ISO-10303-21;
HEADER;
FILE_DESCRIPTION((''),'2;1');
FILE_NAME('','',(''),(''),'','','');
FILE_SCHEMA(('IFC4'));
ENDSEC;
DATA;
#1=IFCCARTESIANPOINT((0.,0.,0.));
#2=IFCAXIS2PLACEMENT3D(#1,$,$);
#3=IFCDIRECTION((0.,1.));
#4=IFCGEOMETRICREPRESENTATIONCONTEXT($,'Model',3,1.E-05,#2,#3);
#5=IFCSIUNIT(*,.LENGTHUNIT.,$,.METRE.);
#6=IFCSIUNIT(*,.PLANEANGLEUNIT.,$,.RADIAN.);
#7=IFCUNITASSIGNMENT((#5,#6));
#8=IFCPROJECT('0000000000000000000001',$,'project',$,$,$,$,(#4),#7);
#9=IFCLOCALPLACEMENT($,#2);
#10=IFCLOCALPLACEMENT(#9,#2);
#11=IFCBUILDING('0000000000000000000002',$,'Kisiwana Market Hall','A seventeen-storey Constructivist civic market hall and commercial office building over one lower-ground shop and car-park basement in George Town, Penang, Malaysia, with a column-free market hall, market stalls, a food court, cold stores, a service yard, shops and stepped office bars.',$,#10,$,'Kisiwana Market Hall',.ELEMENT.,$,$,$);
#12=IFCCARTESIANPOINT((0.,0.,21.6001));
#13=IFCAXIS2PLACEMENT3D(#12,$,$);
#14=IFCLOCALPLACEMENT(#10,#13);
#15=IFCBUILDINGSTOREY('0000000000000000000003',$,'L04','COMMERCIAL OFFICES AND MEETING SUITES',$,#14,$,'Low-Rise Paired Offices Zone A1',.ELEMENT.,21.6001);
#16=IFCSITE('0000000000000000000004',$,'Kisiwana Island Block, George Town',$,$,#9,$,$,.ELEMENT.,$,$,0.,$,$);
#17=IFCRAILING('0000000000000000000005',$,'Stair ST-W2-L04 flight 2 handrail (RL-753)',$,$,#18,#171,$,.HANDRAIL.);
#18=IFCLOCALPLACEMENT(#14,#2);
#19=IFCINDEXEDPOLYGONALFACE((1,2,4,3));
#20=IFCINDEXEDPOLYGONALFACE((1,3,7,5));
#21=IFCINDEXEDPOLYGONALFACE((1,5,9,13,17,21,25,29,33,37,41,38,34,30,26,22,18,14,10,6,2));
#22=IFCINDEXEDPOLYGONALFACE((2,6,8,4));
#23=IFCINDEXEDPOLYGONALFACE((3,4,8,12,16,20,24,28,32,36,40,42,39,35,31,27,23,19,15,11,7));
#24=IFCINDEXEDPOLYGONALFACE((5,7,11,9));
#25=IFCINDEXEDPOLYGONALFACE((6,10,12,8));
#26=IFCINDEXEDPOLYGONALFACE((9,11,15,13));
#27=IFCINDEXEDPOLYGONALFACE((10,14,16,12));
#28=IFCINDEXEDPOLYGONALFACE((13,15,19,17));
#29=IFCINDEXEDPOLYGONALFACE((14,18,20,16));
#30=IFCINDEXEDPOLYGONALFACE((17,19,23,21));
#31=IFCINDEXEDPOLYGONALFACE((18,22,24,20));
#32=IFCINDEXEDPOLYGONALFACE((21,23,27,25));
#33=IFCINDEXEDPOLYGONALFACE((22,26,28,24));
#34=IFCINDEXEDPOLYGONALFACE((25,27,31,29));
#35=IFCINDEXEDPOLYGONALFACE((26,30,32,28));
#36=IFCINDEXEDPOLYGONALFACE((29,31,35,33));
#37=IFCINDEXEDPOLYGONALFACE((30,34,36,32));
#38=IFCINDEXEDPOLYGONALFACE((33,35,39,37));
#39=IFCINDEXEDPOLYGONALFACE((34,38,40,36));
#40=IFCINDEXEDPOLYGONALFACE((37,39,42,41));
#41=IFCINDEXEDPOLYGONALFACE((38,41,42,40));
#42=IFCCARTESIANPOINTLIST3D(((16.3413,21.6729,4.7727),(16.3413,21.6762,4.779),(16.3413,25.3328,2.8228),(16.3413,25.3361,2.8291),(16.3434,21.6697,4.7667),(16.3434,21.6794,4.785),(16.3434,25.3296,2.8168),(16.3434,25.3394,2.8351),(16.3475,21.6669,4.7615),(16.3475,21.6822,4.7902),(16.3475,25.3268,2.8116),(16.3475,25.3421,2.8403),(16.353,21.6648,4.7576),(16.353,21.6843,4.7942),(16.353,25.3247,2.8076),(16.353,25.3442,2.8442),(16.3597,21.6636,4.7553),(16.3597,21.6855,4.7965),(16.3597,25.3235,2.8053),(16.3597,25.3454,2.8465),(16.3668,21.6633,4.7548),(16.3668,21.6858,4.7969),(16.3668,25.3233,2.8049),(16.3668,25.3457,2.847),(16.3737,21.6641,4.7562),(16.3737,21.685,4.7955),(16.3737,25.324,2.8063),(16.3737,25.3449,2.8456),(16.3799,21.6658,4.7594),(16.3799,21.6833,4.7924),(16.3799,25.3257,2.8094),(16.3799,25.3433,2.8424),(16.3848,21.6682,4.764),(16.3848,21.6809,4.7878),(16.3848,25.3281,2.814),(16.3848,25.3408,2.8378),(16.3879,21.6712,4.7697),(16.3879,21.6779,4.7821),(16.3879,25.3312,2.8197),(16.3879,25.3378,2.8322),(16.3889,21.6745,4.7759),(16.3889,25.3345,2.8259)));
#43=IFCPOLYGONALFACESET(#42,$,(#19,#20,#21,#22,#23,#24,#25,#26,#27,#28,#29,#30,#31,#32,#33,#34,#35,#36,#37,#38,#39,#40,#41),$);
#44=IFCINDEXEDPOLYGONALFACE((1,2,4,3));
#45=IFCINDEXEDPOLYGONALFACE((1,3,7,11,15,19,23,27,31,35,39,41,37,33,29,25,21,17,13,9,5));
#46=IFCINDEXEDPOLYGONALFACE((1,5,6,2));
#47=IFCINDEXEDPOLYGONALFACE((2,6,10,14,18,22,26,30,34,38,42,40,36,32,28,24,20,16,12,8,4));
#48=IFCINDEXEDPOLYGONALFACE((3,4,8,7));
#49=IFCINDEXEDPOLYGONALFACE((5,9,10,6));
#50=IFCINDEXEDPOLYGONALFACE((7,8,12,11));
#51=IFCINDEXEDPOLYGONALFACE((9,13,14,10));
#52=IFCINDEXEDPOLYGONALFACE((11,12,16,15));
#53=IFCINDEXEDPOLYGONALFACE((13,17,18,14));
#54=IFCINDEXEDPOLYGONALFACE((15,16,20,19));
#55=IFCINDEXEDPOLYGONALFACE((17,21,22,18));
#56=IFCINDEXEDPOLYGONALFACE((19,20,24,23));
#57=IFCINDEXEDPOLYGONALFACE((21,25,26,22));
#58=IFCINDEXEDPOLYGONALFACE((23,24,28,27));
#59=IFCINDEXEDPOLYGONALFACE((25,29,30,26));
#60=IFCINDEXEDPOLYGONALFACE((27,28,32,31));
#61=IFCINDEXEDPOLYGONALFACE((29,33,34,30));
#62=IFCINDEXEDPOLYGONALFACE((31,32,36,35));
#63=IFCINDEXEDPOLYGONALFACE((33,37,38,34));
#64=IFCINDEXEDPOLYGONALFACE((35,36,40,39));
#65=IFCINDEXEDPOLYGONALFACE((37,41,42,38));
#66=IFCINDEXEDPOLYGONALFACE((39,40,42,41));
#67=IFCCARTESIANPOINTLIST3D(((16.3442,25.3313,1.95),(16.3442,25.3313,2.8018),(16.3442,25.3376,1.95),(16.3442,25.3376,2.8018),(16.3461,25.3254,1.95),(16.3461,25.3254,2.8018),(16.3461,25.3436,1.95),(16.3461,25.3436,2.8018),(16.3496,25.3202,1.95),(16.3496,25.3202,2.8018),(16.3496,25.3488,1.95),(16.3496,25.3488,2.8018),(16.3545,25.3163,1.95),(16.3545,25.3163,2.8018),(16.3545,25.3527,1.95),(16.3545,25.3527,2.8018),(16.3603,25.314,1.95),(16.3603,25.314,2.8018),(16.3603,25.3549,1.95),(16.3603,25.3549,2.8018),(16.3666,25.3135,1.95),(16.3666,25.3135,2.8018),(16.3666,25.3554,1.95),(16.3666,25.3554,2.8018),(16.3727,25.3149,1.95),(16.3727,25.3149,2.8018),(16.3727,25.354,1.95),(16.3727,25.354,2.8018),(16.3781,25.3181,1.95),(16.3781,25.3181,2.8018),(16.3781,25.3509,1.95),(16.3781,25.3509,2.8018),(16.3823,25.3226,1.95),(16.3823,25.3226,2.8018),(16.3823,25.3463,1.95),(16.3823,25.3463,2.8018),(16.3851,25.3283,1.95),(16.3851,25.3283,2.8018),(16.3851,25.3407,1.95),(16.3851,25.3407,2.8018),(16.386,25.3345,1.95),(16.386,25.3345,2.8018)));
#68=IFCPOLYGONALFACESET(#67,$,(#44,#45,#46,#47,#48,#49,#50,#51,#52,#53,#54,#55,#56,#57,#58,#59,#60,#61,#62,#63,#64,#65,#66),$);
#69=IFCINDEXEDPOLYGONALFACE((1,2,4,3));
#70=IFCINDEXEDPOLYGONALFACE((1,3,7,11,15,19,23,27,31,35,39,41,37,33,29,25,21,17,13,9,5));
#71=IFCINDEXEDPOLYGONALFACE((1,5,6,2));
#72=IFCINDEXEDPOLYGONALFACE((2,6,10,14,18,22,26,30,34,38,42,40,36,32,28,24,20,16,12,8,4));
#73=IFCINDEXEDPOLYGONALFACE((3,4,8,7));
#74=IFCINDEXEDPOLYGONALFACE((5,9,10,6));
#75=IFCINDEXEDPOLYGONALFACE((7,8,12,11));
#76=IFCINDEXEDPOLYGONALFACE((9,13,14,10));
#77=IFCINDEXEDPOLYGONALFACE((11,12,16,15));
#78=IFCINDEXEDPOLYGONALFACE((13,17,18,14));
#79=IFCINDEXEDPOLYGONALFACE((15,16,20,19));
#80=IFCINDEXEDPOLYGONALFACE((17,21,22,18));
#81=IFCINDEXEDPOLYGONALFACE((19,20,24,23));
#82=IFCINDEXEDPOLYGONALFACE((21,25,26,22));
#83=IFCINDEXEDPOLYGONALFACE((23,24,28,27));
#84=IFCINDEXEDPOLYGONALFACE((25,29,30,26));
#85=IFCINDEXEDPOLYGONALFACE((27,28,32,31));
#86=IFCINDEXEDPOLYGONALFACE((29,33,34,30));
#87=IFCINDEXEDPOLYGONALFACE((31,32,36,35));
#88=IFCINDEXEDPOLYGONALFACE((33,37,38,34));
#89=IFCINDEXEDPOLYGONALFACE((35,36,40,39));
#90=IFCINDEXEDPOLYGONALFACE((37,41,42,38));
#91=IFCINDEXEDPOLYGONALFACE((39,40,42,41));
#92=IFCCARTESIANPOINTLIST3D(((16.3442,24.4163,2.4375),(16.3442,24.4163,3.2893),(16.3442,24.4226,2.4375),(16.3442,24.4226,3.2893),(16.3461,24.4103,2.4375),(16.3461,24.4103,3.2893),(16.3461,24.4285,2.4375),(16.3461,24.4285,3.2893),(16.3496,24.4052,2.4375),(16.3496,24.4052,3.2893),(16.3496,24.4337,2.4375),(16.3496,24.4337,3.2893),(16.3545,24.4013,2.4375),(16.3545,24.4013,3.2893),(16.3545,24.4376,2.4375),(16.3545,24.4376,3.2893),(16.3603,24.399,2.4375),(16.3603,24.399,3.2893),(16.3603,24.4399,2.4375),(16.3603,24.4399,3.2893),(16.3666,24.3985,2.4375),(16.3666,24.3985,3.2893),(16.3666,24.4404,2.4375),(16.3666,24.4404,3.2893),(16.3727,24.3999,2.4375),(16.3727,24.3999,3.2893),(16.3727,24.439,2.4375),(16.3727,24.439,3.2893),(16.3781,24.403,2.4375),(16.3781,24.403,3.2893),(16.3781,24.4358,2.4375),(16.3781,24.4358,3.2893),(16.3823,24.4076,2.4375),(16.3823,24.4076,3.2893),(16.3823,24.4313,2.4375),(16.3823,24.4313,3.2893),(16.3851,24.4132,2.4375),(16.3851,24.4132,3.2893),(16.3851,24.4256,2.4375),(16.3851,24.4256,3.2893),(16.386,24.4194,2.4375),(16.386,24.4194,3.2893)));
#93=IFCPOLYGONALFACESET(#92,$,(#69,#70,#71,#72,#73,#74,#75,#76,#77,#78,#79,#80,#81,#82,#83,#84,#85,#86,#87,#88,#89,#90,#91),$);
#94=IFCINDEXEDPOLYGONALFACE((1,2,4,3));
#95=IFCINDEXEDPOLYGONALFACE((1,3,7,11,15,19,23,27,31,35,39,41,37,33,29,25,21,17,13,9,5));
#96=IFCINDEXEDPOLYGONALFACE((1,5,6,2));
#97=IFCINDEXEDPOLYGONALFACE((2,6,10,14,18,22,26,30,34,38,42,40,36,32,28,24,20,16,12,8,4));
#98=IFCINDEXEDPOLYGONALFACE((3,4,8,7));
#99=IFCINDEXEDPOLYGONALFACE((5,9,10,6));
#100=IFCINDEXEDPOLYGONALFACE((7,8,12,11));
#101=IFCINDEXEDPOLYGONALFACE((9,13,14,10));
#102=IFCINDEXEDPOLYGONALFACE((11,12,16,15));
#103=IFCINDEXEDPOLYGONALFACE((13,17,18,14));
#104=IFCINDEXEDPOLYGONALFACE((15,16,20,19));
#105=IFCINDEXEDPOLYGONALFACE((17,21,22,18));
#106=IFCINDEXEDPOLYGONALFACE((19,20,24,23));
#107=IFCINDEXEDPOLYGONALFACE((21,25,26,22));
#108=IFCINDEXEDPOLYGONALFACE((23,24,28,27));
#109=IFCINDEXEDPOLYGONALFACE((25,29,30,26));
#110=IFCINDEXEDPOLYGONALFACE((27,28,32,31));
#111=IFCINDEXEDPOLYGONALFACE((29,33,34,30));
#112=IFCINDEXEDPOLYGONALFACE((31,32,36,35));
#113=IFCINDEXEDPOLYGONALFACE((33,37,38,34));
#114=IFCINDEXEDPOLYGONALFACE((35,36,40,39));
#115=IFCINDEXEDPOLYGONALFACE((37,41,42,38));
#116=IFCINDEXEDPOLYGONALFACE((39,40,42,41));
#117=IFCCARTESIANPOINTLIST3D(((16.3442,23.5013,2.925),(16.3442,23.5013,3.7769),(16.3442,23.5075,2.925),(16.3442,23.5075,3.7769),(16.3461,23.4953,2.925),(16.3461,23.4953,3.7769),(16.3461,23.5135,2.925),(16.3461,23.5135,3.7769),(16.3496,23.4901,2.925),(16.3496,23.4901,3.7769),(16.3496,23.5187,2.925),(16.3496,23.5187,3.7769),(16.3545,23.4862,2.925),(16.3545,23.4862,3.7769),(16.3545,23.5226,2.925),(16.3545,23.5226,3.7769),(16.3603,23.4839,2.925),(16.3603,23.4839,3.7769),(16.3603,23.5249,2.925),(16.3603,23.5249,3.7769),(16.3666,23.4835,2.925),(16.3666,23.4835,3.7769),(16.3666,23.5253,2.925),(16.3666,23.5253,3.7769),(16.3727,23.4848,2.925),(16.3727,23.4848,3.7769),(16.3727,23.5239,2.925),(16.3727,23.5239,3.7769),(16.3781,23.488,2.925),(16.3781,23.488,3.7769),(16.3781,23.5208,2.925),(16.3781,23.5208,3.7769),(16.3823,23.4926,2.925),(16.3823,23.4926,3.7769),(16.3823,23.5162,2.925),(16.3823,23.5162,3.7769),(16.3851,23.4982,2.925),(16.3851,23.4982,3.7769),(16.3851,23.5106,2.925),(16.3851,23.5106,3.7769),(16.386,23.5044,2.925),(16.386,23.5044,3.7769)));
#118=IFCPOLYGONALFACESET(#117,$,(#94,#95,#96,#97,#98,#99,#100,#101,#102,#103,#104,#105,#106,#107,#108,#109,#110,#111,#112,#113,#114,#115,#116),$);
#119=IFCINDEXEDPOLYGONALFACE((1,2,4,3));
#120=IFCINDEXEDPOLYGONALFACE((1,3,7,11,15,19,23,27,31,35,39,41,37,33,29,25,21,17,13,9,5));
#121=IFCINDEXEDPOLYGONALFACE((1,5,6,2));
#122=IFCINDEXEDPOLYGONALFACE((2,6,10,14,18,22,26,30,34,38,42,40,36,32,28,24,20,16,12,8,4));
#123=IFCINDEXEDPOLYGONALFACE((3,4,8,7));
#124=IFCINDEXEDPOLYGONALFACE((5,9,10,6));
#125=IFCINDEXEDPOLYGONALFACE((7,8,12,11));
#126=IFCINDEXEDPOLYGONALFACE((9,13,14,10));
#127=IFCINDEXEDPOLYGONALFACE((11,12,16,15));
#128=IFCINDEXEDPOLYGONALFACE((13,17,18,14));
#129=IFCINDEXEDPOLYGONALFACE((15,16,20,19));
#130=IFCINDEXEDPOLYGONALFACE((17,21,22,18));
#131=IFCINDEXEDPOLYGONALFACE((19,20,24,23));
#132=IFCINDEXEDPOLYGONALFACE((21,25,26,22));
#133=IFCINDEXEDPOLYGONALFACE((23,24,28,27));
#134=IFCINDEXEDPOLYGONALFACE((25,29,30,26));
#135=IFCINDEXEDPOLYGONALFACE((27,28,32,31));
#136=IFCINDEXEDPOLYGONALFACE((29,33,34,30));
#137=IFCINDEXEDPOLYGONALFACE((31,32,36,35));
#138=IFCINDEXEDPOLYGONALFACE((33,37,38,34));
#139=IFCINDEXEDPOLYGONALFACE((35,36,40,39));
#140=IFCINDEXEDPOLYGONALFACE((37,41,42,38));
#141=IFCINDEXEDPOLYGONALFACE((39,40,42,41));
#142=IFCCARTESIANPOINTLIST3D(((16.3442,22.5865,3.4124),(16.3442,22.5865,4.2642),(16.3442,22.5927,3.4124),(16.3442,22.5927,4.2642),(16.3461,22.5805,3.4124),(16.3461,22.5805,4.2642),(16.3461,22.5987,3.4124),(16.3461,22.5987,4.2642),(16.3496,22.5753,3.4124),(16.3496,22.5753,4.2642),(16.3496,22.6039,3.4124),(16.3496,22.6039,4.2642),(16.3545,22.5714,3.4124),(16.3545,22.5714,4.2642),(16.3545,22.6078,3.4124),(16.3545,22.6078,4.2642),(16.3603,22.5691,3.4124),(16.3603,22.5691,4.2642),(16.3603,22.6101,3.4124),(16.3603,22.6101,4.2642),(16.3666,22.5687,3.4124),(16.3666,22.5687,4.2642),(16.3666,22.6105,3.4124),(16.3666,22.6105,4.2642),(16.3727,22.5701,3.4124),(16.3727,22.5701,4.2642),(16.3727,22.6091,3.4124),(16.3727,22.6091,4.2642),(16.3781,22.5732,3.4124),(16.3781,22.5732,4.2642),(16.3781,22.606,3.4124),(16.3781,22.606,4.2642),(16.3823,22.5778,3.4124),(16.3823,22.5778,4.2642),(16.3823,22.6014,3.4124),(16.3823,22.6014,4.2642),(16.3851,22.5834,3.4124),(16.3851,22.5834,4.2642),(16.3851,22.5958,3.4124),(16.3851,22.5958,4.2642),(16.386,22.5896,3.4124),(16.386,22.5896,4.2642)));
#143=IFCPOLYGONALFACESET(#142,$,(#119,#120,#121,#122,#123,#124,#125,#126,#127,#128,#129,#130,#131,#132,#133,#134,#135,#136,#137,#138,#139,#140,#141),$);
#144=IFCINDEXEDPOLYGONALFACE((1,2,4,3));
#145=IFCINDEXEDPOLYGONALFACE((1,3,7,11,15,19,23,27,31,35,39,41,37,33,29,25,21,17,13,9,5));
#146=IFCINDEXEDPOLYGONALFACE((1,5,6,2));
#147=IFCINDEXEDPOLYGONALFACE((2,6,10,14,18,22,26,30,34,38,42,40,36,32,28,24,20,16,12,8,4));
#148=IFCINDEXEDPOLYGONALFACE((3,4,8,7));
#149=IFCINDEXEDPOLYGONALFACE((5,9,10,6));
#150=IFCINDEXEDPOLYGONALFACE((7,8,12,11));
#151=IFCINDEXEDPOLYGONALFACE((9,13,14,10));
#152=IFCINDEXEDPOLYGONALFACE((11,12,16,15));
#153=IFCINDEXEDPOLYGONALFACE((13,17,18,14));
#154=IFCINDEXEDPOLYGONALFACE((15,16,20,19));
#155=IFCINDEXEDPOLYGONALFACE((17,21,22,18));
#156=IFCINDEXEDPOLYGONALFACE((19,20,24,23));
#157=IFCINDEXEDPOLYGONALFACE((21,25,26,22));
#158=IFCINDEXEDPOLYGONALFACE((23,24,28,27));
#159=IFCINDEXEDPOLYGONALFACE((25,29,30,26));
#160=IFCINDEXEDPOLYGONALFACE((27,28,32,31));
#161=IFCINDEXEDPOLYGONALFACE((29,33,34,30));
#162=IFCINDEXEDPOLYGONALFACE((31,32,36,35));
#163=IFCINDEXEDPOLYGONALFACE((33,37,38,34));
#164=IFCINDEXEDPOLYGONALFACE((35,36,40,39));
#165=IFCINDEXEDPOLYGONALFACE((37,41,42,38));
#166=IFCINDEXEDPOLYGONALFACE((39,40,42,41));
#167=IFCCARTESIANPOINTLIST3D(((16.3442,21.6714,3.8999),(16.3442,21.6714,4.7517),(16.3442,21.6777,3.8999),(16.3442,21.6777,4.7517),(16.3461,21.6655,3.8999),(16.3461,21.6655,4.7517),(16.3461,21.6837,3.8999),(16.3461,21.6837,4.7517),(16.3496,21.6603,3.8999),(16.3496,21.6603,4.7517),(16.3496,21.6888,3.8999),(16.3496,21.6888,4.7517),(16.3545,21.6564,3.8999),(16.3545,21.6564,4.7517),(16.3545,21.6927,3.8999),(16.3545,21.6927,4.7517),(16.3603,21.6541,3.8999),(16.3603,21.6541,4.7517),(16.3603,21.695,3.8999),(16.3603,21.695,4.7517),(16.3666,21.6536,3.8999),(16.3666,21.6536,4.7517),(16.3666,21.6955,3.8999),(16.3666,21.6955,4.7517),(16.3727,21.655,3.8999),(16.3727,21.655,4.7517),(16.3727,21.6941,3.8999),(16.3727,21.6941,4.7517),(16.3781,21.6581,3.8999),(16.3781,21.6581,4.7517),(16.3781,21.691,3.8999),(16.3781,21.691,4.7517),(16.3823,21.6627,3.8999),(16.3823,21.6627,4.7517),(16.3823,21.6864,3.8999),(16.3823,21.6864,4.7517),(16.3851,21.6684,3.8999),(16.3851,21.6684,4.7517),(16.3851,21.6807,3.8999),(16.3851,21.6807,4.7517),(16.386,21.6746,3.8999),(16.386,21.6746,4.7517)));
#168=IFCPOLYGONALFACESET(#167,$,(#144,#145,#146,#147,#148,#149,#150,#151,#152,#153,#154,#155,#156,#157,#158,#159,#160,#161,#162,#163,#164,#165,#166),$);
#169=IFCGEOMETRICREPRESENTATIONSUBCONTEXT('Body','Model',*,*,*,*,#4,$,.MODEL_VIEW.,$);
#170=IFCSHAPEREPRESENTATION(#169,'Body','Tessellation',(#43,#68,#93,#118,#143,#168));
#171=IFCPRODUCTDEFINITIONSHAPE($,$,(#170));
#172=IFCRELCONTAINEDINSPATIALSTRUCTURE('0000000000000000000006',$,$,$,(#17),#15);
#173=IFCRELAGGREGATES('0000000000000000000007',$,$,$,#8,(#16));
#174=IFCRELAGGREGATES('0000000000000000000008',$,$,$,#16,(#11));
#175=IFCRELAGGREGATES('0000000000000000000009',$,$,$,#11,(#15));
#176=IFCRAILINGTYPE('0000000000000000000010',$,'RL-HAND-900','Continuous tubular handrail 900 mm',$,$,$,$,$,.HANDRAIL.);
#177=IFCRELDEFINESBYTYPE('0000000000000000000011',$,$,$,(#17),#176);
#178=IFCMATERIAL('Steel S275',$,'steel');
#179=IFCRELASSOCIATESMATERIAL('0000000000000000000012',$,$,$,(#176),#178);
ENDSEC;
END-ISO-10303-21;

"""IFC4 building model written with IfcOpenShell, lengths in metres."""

from ifc_helpers import new_model, si_unit, direction, frame, origin, origin_2d, place, context, subcontext, project, spatial, circle, extrude, material, type_object, element, save


model = new_model("IFC4")

# Units and contexts
model_context = context("Model", 3, precision=1e-05, world=origin(), true_north=direction((0.0, 1.0)))
body_context = subcontext(model_context, "Body", "Model", "MODEL_VIEW")
ifc_project = project(units=[si_unit("LENGTHUNIT", "METRE"), si_unit("PLANEANGLEUNIT", "RADIAN")], contexts=[model_context])

# Site, building, storey
site_placement = place(None, origin())
site = spatial("IfcSite", under=ifc_project, at=site_placement, Name="Kisiwana Island Block, George Town", CompositionType="ELEMENT", RefElevation=0.0)
building_placement = place(site_placement, origin())
building = spatial("IfcBuilding", under=site, at=building_placement, Name="Kisiwana Market Hall", Description="A seventeen-storey Constructivist civic market hall and commercial office building over one lower-ground shop and car-park basement in George Town, Penang, Malaysia, with a column-free market hall, market stalls, a food court, cold stores, a service yard, shops and stepped office bars.", LongName="Kisiwana Market Hall", CompositionType="ELEMENT")
storey_placement = place(building_placement, frame((0.0, 0.0, 21.6001)))
storey = spatial("IfcBuildingStorey", under=building, at=storey_placement, Name="L04", Description="COMMERCIAL OFFICES AND MEETING SUITES", LongName="Low-Rise Paired Offices Zone A1", CompositionType="ELEMENT", Elevation=21.6001)

# Railing
ifc_material_1 = material(Name="Steel S275", Category="steel")
railing_type_1 = type_object("IfcRailingType", Name="RL-HAND-900", Description="Continuous tubular handrail 900 mm", PredefinedType="HANDRAIL", material=ifc_material_1)
railing_1_placement = place(storey_placement, frame((16.365, 25.3345, 1.95)))
element("IfcRailing", 1, at=railing_1_placement, inside=storey, type_object=railing_type_1, Name="Stair ST-W2-L04 flight 2 handrail (RL-753)", PredefinedType="HANDRAIL", context=body_context, shape_type="SweptSolid", body=[
    extrude(circle(Radius=0.0239, at=origin_2d()), frame((0.0, 0.0, 0.876), z_axis=(0.0, -0.882553, 0.470212), x_axis=(1.0, 0.0, 0.0)), (0.0, 0.0, 1.0), 4.147),
    extrude(circle(Radius=0.021, at=origin_2d()), origin(), (0.0, 0.0, 1.0), 0.8518),
    extrude(circle(Radius=0.021, at=origin_2d()), frame((0.0, -0.915, 0.4875)), (0.0, 0.0, 1.0), 0.8518),
    extrude(circle(Radius=0.021, at=origin_2d()), frame((0.0, -1.8301, 0.9751)), (0.0, 0.0, 1.0), 0.8518),
    extrude(circle(Radius=0.021, at=origin_2d()), frame((0.0, -2.7449, 1.4624)), (0.0, 0.0, 1.0), 0.8518),
    extrude(circle(Radius=0.021, at=origin_2d()), frame((0.0, -3.6599, 1.95)), (0.0, 0.0, 1.0), 0.8518),
])

save(model, "model.ifc")
